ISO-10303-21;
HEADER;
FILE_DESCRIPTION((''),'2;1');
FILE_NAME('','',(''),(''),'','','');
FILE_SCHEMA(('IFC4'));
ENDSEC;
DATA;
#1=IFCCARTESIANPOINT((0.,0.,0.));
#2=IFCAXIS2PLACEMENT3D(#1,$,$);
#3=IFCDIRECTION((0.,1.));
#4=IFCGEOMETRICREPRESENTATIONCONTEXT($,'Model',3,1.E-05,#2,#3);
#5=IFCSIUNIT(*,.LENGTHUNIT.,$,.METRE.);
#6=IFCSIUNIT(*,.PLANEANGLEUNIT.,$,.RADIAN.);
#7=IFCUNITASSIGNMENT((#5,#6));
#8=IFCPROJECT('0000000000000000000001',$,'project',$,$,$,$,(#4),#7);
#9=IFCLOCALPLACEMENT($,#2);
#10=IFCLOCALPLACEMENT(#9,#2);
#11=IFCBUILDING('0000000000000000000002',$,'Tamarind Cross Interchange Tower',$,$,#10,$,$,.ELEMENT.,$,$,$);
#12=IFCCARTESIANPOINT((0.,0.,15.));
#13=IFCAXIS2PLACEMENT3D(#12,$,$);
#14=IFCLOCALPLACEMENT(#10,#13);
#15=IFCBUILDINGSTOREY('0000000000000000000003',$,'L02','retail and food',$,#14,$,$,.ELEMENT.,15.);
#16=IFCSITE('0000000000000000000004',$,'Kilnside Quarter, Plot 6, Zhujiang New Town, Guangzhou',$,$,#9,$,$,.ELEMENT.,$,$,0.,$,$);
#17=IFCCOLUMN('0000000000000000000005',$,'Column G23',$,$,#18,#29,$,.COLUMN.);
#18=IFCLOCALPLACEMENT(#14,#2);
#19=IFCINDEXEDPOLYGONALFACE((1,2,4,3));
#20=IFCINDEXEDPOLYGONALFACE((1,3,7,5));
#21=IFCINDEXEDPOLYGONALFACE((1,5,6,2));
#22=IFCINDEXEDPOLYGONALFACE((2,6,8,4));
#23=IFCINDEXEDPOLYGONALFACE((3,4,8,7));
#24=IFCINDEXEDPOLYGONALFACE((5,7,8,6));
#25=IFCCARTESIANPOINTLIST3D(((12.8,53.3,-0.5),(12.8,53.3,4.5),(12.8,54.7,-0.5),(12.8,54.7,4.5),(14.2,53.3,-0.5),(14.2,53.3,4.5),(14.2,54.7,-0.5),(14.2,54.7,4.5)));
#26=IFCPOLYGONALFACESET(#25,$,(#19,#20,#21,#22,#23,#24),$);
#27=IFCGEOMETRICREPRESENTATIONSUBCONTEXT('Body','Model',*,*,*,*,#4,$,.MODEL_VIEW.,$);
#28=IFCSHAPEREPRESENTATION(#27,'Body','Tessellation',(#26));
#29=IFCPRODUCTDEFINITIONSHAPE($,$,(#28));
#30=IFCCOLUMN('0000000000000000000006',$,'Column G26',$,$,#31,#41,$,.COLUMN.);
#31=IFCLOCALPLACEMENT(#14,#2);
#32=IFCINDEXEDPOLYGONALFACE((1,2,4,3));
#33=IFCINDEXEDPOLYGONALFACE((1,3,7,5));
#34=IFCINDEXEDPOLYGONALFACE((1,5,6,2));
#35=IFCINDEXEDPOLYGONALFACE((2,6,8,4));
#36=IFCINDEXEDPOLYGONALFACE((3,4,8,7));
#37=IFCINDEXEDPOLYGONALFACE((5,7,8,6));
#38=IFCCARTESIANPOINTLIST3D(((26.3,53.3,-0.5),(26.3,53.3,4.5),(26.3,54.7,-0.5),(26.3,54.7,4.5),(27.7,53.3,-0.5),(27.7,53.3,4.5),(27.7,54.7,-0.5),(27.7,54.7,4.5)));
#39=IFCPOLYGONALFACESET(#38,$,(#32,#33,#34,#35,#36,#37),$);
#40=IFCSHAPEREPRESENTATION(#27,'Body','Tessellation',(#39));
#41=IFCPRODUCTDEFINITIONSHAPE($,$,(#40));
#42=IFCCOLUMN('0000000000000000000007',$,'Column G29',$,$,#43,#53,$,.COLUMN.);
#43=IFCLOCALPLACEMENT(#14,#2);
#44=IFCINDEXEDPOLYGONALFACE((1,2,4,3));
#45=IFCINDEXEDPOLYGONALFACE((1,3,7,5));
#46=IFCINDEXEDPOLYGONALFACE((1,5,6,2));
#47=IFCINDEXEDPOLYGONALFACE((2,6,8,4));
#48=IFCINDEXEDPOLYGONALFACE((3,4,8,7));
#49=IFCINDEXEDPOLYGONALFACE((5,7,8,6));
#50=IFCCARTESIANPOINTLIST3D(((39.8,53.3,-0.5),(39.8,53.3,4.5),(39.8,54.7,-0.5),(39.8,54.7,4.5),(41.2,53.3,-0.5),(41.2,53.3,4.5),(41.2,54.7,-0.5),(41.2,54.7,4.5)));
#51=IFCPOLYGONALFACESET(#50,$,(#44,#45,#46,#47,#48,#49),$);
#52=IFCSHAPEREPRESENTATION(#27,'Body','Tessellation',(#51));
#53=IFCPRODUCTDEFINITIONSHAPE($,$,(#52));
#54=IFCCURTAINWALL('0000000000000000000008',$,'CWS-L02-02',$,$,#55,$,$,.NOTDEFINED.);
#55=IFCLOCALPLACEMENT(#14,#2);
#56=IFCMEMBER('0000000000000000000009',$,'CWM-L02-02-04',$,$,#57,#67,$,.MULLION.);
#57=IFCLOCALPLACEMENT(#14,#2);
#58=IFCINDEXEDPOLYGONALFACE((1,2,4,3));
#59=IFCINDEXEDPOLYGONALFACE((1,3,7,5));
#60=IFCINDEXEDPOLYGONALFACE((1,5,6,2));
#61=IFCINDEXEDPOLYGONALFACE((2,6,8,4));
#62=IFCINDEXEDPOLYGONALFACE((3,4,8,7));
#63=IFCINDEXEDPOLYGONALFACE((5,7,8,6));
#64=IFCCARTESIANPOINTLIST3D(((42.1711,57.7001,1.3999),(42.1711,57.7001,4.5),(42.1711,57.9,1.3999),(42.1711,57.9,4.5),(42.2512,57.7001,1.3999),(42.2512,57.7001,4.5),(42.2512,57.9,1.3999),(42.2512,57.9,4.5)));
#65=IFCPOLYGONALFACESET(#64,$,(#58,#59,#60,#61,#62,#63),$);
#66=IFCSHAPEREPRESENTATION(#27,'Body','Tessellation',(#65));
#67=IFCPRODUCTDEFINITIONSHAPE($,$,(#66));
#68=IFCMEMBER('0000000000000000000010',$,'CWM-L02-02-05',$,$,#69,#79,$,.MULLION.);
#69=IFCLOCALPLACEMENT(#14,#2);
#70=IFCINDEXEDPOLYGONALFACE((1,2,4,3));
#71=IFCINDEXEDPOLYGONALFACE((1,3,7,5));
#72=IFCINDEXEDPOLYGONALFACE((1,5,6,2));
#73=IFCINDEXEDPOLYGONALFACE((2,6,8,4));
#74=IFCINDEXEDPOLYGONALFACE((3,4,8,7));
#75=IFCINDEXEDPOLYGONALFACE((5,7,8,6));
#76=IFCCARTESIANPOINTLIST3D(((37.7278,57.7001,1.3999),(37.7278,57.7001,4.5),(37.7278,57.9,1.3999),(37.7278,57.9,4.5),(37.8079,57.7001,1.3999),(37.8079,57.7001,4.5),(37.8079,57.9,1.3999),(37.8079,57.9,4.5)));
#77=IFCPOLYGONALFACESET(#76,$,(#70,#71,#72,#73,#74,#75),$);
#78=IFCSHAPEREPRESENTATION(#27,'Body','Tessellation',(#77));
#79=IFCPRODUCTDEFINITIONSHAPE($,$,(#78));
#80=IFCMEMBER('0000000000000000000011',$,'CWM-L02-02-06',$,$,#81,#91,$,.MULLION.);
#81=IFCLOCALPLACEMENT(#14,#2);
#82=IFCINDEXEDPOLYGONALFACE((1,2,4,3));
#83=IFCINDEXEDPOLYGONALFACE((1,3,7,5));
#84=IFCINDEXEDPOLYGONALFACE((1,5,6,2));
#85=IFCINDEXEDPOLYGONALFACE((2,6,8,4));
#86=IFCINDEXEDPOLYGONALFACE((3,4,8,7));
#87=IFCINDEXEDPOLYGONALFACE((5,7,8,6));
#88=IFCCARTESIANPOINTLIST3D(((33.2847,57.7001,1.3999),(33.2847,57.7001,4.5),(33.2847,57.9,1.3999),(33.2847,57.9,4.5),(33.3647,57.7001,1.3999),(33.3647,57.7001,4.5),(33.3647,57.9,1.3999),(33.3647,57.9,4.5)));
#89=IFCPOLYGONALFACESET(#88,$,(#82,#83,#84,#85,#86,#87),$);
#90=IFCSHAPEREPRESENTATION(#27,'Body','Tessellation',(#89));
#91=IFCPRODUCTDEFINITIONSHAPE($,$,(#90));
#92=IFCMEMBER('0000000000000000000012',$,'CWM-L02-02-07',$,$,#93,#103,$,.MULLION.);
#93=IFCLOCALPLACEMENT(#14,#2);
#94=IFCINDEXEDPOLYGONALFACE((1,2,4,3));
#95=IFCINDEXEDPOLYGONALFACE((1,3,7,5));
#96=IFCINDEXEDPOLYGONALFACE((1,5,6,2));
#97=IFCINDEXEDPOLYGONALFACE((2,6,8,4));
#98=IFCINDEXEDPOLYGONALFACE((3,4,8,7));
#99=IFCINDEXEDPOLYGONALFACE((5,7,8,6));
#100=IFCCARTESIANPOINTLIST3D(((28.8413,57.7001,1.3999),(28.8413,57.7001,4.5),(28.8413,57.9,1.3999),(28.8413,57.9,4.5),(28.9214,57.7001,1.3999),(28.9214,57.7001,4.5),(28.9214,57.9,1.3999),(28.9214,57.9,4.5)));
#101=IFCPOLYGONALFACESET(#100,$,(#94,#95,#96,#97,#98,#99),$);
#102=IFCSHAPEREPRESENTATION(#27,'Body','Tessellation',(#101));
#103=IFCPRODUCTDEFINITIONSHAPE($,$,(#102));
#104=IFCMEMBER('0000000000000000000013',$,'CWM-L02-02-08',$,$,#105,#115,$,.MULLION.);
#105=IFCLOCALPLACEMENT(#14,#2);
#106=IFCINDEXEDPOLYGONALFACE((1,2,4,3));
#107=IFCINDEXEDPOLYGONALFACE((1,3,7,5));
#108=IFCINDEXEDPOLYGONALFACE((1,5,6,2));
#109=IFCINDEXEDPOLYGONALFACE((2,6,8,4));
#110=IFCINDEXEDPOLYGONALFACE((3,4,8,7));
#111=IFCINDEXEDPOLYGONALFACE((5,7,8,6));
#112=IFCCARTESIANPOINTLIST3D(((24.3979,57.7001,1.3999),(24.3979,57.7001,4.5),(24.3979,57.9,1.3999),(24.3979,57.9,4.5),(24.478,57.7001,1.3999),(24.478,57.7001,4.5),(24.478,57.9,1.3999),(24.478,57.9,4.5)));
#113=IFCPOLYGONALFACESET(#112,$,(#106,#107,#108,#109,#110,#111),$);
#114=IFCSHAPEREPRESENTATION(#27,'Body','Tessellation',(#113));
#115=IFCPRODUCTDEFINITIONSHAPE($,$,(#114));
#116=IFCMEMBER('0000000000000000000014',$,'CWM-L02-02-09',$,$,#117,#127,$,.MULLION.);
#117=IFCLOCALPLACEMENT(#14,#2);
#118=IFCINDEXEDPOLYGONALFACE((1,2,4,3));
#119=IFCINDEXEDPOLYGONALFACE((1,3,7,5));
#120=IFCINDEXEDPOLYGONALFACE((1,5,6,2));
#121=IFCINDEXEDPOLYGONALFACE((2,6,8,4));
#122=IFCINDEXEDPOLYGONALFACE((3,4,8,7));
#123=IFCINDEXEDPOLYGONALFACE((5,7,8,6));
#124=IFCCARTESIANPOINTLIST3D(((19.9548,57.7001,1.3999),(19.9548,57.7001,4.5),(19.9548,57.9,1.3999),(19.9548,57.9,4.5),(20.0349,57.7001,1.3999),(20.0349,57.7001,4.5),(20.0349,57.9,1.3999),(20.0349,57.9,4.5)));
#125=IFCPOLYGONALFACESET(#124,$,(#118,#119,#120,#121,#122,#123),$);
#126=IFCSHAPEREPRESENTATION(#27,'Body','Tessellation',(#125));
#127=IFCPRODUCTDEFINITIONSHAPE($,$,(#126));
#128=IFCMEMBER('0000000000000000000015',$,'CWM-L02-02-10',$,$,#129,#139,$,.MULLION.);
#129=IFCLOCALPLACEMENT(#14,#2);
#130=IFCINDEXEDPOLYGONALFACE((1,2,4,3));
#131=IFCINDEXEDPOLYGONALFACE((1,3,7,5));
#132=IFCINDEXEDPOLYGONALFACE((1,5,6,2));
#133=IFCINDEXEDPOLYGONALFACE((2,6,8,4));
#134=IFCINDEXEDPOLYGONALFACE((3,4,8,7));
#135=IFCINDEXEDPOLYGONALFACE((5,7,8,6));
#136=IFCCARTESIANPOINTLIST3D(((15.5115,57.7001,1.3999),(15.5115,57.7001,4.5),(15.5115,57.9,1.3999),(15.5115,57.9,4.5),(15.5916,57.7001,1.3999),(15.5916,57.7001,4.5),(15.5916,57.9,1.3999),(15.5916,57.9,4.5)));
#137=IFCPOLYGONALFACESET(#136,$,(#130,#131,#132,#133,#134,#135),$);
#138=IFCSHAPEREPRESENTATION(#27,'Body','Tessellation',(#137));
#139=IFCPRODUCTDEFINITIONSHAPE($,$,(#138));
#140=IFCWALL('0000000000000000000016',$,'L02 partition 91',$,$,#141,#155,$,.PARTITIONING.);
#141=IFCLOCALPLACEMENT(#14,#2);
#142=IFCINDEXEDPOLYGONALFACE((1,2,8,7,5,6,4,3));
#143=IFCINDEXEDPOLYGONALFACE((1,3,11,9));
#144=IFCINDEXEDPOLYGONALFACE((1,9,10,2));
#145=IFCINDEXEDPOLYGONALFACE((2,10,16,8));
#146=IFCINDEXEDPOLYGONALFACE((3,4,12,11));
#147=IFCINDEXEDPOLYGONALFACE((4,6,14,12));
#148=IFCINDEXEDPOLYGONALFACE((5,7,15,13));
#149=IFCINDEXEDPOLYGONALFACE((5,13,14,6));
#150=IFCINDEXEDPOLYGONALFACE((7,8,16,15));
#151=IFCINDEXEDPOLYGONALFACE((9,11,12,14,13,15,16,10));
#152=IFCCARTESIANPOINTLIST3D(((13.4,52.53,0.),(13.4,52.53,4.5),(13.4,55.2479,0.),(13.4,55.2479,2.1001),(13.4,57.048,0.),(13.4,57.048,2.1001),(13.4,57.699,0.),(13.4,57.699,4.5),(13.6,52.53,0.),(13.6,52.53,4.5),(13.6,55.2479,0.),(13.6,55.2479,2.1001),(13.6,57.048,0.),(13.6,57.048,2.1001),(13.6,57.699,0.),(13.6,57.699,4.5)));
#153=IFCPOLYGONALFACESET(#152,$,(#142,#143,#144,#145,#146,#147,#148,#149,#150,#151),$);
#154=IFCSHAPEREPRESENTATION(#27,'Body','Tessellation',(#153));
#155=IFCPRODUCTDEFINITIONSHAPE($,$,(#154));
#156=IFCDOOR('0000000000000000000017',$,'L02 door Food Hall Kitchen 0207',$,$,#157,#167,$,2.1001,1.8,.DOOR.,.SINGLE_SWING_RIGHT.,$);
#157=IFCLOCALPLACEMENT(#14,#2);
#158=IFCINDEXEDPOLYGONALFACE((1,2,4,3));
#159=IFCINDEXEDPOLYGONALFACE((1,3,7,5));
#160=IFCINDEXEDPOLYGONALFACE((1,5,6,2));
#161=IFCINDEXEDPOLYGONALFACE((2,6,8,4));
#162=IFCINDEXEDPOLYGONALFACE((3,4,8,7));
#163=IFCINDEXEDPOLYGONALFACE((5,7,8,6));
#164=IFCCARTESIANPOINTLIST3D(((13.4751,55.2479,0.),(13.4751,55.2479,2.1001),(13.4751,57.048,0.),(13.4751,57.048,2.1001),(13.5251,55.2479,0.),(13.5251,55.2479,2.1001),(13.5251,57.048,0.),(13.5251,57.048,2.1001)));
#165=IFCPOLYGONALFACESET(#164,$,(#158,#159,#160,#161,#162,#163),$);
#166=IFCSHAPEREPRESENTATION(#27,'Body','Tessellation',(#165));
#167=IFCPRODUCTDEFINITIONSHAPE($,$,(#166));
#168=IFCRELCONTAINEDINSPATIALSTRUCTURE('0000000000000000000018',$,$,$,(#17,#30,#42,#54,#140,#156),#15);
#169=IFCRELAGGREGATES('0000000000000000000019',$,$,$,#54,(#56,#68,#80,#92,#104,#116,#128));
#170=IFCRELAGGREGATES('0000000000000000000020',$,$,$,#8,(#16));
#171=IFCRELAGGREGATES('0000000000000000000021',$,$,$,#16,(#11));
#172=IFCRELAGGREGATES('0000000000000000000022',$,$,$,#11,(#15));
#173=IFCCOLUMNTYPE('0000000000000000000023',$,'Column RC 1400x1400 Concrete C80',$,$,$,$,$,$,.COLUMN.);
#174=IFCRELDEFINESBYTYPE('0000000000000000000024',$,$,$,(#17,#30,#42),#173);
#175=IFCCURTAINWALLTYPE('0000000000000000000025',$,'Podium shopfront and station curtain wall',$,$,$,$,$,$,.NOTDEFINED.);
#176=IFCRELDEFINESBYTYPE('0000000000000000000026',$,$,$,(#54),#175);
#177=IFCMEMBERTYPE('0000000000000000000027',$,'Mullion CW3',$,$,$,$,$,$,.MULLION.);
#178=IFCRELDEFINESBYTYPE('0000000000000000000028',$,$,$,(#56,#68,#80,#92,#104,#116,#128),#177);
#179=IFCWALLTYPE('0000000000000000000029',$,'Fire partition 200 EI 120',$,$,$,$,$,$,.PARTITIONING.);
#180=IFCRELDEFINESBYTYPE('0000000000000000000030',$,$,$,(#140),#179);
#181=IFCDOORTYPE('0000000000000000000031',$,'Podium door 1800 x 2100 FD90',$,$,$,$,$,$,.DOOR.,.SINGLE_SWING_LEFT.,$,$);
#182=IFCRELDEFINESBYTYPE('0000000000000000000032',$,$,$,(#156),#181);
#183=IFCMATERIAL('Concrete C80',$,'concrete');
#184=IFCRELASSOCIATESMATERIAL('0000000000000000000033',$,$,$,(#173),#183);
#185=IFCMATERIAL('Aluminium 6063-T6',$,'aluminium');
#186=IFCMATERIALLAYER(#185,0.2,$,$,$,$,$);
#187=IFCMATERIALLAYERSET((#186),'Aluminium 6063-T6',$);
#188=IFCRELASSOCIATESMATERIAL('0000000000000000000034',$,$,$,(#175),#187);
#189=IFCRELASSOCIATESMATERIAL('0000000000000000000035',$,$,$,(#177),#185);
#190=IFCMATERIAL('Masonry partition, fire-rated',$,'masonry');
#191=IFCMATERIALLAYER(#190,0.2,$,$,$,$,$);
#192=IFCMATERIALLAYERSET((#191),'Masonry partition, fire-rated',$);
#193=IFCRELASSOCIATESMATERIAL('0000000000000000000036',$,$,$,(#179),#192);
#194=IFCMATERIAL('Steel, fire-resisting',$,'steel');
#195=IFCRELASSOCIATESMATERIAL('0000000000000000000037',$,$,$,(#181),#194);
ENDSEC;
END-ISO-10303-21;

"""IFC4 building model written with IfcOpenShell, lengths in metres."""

from ifc_helpers import new_model, si_unit, direction, frame, frame_2d, origin, origin_2d, place, context, subcontext, project, spatial, rectangle, extrude, material, layer, layer_set, material_profile, profile_set, type_object, element, fill, aggregate, save


model = new_model("IFC4")

# Units and contexts
model_context = context("Model", 3, precision=1e-05, world=origin(), true_north=direction((0.0, 1.0)))
body_context = subcontext(model_context, "Body", "Model", "MODEL_VIEW")
ifc_project = project(units=[si_unit("LENGTHUNIT", "METRE"), si_unit("PLANEANGLEUNIT", "RADIAN")], contexts=[model_context])

# Site, building, storey
site_placement = place(None, origin())
site = spatial("IfcSite", under=ifc_project, at=site_placement, Name="Kilnside Quarter, Plot 6, Zhujiang New Town, Guangzhou", CompositionType="ELEMENT", RefElevation=0.0)
building_placement = place(site_placement, origin())
building = spatial("IfcBuilding", under=site, at=building_placement, Name="Tamarind Cross Interchange Tower", CompositionType="ELEMENT")
storey_placement = place(building_placement, frame((0.0, 0.0, 15.0)))
storey = spatial("IfcBuildingStorey", under=building, at=storey_placement, Name="L02", Description="retail and food", CompositionType="ELEMENT", Elevation=15.0)

# Columns
ifc_material_1 = material(Name="Concrete C80", Category="concrete")
ifc_material_profile_1 = material_profile(ifc_material_1, rectangle(XDim=1.3999, YDim=1.3999, at=origin_2d()), Name="RC 1400x1400")
ifc_profile_set_1 = profile_set([ifc_material_profile_1], Name="Concrete C80")
column_type = type_object("IfcColumnType", Name="Column RC 1400x1400 Concrete C80", PredefinedType="COLUMN", material=ifc_profile_set_1)
for number, where, z_axis, x_axis, name in (
    (1, (13.5, 54.0, -0.5), (0.0, 0.0, 1.0), (1.0, 0.0, 0.0), "Column G23"),
    (2, (27.0, 54.0, -0.5), (0.0, 0.0, 1.0), (1.0, 0.0, 0.0), "Column G26"),
    (3, (40.5, 54.0, -0.5), (0.0, 0.0, 1.0), (1.0, 0.0, 0.0), "Column G29"),
):
    element("IfcColumn", number, at=place(storey_placement, frame(where, z_axis=z_axis, x_axis=x_axis)), inside=storey, type_object=column_type, Name=name, PredefinedType="COLUMN", context=body_context, shape_type="SweptSolid", body=[
        extrude(rectangle(XDim=1.3999, YDim=1.3999, at=origin_2d()), origin(), (0.0, 0.0, 1.0), 5.0),
    ])

# Curtain wall, members
ifc_material_2 = material(Name="Aluminium 6063-T6", Category="aluminium")
ifc_layer_1 = layer(ifc_material_2, 0.2)
ifc_layer_set_1 = layer_set([ifc_layer_1], Name="Aluminium 6063-T6")
curtain_wall_type = type_object("IfcCurtainWallType", Name="Podium shopfront and station curtain wall", PredefinedType="NOTDEFINED", material=ifc_layer_set_1)
curtain_wall_placement = place(storey_placement, origin())
curtain_wall = element("IfcCurtainWall", 4, at=curtain_wall_placement, inside=storey, type_object=curtain_wall_type, Name="CWS-L02-02", PredefinedType="NOTDEFINED")
ifc_material_profile_2 = material_profile(ifc_material_2, rectangle(XDim=0.0801, YDim=0.2, at=origin_2d()), Name="Mullion CW3")
ifc_profile_set_2 = profile_set([ifc_material_profile_2], Name="Aluminium 6063-T6")
member_type = type_object("IfcMemberType", Name="Mullion CW3", PredefinedType="MULLION", material=ifc_profile_set_2)
member_1_placement = place(storey_placement, frame((42.2112, 57.8, 1.3999), z_axis=(0.0, 0.0, 1.0), x_axis=(-1.0, 0.0, 0.0)))
member_1 = element("IfcMember", 5, at=member_1_placement, type_object=member_type, Name="CWM-L02-02-04", PredefinedType="MULLION", context=body_context, shape_type="SweptSolid", body=[
    extrude(rectangle(XDim=0.0801, YDim=0.2, at=origin_2d()), origin(), (0.0, 0.0, 1.0), 3.1001),
])
member_2_placement = place(storey_placement, frame((37.7678, 57.8, 1.3999), z_axis=(0.0, 0.0, 1.0), x_axis=(-1.0, 0.0, 0.0)))
member_2 = element("IfcMember", 6, at=member_2_placement, type_object=member_type, Name="CWM-L02-02-05", PredefinedType="MULLION", context=body_context, shape_type="SweptSolid", body=[
    extrude(rectangle(XDim=0.0801, YDim=0.2, at=origin_2d()), origin(), (0.0, 0.0, 1.0), 3.1001),
])
member_3_placement = place(storey_placement, frame((33.3247, 57.8, 1.3999), z_axis=(0.0, 0.0, 1.0), x_axis=(-1.0, 0.0, 0.0)))
member_3 = element("IfcMember", 7, at=member_3_placement, type_object=member_type, Name="CWM-L02-02-06", PredefinedType="MULLION", context=body_context, shape_type="SweptSolid", body=[
    extrude(rectangle(XDim=0.0801, YDim=0.2, at=origin_2d()), origin(), (0.0, 0.0, 1.0), 3.1001),
])
member_4_placement = place(storey_placement, frame((28.8813, 57.8, 1.3999), z_axis=(0.0, 0.0, 1.0), x_axis=(-1.0, 0.0, 0.0)))
member_4 = element("IfcMember", 8, at=member_4_placement, type_object=member_type, Name="CWM-L02-02-07", PredefinedType="MULLION", context=body_context, shape_type="SweptSolid", body=[
    extrude(rectangle(XDim=0.0801, YDim=0.2, at=origin_2d()), origin(), (0.0, 0.0, 1.0), 3.1001),
])
member_5_placement = place(storey_placement, frame((24.438, 57.8, 1.3999), z_axis=(0.0, 0.0, 1.0), x_axis=(-1.0, 0.0, 0.0)))
member_5 = element("IfcMember", 9, at=member_5_placement, type_object=member_type, Name="CWM-L02-02-08", PredefinedType="MULLION", context=body_context, shape_type="SweptSolid", body=[
    extrude(rectangle(XDim=0.0801, YDim=0.2, at=origin_2d()), origin(), (0.0, 0.0, 1.0), 3.1001),
])
member_6_placement = place(storey_placement, frame((19.9949, 57.8, 1.3999), z_axis=(0.0, 0.0, 1.0), x_axis=(-1.0, 0.0, 0.0)))
member_6 = element("IfcMember", 10, at=member_6_placement, type_object=member_type, Name="CWM-L02-02-09", PredefinedType="MULLION", context=body_context, shape_type="SweptSolid", body=[
    extrude(rectangle(XDim=0.0801, YDim=0.2, at=origin_2d()), origin(), (0.0, 0.0, 1.0), 3.1001),
])
member_7_placement = place(storey_placement, frame((15.5515, 57.8, 1.3999), z_axis=(0.0, 0.0, 1.0), x_axis=(-1.0, 0.0, 0.0)))
member_7 = element("IfcMember", 11, at=member_7_placement, type_object=member_type, Name="CWM-L02-02-10", PredefinedType="MULLION", context=body_context, shape_type="SweptSolid", body=[
    extrude(rectangle(XDim=0.0801, YDim=0.2, at=origin_2d()), origin(), (0.0, 0.0, 1.0), 3.1001),
])
aggregate(curtain_wall, [member_1, member_2, member_3, member_4, member_5, member_6, member_7])

# Wall, opening, door
ifc_material_3 = material(Name="Masonry partition, fire-rated", Category="masonry")
ifc_layer_2 = layer(ifc_material_3, 0.2)
ifc_layer_set_2 = layer_set([ifc_layer_2], Name="Masonry partition, fire-rated")
wall_type_1 = type_object("IfcWallType", Name="Fire partition 200 EI 120", PredefinedType="PARTITIONING", material=ifc_layer_set_2)
wall_1_placement = place(storey_placement, frame((13.5, 52.53, 0.0), z_axis=(0.0, 0.0, 1.0), x_axis=(0.0, 1.0, 0.0)))
wall_1 = element("IfcWall", 12, at=wall_1_placement, inside=storey, type_object=wall_type_1, Name="L02 partition 91", PredefinedType="PARTITIONING", context=body_context, shape_type="SweptSolid", body=[
    extrude(rectangle(XDim=5.1689, YDim=0.2, at=frame_2d((2.5845, 0.0))), origin(), (0.0, 0.0, 1.0), 4.5),
])
opening_1_placement = place(wall_1_placement, frame((2.718, 0.0, 0.0)))
opening_1 = element("IfcOpeningElement", 13, at=opening_1_placement, cuts=wall_1, PredefinedType="OPENING", context=body_context, shape_type="SweptSolid", body=[
    extrude(rectangle(XDim=1.8, YDim=2.1001, at=frame_2d((0.8999, 1.05))), frame((0.0, 0.1099, 0.0), z_axis=(0.0, -1.0, 0.0), x_axis=(1.0, 0.0, 0.0)), (0.0, 0.0, 1.0), 0.22),
])
ifc_material_4 = material(Name="Steel, fire-resisting", Category="steel")
door_type_1 = type_object("IfcDoorType", Name="Podium door 1800 x 2100 FD90", OperationType="SINGLE_SWING_LEFT", PredefinedType="DOOR", material=ifc_material_4)
door_1_placement = place(opening_1_placement, origin())
door_1 = element("IfcDoor", 14, at=door_1_placement, inside=storey, type_object=door_type_1, Name="L02 door Food Hall Kitchen 0207", OperationType="SINGLE_SWING_RIGHT", OverallHeight=2.1001, OverallWidth=1.8, PredefinedType="DOOR", context=body_context, shape_type="SweptSolid", body=[
    extrude(rectangle(XDim=1.8, YDim=2.1001, at=frame_2d((0.8999, 1.05))), frame((0.0, 0.0249, 0.0), z_axis=(0.0, -1.0, 0.0), x_axis=(1.0, 0.0, 0.0)), (0.0, 0.0, 1.0), 0.05),
])
fill(opening_1, door_1)

save(model, "model.ifc")
